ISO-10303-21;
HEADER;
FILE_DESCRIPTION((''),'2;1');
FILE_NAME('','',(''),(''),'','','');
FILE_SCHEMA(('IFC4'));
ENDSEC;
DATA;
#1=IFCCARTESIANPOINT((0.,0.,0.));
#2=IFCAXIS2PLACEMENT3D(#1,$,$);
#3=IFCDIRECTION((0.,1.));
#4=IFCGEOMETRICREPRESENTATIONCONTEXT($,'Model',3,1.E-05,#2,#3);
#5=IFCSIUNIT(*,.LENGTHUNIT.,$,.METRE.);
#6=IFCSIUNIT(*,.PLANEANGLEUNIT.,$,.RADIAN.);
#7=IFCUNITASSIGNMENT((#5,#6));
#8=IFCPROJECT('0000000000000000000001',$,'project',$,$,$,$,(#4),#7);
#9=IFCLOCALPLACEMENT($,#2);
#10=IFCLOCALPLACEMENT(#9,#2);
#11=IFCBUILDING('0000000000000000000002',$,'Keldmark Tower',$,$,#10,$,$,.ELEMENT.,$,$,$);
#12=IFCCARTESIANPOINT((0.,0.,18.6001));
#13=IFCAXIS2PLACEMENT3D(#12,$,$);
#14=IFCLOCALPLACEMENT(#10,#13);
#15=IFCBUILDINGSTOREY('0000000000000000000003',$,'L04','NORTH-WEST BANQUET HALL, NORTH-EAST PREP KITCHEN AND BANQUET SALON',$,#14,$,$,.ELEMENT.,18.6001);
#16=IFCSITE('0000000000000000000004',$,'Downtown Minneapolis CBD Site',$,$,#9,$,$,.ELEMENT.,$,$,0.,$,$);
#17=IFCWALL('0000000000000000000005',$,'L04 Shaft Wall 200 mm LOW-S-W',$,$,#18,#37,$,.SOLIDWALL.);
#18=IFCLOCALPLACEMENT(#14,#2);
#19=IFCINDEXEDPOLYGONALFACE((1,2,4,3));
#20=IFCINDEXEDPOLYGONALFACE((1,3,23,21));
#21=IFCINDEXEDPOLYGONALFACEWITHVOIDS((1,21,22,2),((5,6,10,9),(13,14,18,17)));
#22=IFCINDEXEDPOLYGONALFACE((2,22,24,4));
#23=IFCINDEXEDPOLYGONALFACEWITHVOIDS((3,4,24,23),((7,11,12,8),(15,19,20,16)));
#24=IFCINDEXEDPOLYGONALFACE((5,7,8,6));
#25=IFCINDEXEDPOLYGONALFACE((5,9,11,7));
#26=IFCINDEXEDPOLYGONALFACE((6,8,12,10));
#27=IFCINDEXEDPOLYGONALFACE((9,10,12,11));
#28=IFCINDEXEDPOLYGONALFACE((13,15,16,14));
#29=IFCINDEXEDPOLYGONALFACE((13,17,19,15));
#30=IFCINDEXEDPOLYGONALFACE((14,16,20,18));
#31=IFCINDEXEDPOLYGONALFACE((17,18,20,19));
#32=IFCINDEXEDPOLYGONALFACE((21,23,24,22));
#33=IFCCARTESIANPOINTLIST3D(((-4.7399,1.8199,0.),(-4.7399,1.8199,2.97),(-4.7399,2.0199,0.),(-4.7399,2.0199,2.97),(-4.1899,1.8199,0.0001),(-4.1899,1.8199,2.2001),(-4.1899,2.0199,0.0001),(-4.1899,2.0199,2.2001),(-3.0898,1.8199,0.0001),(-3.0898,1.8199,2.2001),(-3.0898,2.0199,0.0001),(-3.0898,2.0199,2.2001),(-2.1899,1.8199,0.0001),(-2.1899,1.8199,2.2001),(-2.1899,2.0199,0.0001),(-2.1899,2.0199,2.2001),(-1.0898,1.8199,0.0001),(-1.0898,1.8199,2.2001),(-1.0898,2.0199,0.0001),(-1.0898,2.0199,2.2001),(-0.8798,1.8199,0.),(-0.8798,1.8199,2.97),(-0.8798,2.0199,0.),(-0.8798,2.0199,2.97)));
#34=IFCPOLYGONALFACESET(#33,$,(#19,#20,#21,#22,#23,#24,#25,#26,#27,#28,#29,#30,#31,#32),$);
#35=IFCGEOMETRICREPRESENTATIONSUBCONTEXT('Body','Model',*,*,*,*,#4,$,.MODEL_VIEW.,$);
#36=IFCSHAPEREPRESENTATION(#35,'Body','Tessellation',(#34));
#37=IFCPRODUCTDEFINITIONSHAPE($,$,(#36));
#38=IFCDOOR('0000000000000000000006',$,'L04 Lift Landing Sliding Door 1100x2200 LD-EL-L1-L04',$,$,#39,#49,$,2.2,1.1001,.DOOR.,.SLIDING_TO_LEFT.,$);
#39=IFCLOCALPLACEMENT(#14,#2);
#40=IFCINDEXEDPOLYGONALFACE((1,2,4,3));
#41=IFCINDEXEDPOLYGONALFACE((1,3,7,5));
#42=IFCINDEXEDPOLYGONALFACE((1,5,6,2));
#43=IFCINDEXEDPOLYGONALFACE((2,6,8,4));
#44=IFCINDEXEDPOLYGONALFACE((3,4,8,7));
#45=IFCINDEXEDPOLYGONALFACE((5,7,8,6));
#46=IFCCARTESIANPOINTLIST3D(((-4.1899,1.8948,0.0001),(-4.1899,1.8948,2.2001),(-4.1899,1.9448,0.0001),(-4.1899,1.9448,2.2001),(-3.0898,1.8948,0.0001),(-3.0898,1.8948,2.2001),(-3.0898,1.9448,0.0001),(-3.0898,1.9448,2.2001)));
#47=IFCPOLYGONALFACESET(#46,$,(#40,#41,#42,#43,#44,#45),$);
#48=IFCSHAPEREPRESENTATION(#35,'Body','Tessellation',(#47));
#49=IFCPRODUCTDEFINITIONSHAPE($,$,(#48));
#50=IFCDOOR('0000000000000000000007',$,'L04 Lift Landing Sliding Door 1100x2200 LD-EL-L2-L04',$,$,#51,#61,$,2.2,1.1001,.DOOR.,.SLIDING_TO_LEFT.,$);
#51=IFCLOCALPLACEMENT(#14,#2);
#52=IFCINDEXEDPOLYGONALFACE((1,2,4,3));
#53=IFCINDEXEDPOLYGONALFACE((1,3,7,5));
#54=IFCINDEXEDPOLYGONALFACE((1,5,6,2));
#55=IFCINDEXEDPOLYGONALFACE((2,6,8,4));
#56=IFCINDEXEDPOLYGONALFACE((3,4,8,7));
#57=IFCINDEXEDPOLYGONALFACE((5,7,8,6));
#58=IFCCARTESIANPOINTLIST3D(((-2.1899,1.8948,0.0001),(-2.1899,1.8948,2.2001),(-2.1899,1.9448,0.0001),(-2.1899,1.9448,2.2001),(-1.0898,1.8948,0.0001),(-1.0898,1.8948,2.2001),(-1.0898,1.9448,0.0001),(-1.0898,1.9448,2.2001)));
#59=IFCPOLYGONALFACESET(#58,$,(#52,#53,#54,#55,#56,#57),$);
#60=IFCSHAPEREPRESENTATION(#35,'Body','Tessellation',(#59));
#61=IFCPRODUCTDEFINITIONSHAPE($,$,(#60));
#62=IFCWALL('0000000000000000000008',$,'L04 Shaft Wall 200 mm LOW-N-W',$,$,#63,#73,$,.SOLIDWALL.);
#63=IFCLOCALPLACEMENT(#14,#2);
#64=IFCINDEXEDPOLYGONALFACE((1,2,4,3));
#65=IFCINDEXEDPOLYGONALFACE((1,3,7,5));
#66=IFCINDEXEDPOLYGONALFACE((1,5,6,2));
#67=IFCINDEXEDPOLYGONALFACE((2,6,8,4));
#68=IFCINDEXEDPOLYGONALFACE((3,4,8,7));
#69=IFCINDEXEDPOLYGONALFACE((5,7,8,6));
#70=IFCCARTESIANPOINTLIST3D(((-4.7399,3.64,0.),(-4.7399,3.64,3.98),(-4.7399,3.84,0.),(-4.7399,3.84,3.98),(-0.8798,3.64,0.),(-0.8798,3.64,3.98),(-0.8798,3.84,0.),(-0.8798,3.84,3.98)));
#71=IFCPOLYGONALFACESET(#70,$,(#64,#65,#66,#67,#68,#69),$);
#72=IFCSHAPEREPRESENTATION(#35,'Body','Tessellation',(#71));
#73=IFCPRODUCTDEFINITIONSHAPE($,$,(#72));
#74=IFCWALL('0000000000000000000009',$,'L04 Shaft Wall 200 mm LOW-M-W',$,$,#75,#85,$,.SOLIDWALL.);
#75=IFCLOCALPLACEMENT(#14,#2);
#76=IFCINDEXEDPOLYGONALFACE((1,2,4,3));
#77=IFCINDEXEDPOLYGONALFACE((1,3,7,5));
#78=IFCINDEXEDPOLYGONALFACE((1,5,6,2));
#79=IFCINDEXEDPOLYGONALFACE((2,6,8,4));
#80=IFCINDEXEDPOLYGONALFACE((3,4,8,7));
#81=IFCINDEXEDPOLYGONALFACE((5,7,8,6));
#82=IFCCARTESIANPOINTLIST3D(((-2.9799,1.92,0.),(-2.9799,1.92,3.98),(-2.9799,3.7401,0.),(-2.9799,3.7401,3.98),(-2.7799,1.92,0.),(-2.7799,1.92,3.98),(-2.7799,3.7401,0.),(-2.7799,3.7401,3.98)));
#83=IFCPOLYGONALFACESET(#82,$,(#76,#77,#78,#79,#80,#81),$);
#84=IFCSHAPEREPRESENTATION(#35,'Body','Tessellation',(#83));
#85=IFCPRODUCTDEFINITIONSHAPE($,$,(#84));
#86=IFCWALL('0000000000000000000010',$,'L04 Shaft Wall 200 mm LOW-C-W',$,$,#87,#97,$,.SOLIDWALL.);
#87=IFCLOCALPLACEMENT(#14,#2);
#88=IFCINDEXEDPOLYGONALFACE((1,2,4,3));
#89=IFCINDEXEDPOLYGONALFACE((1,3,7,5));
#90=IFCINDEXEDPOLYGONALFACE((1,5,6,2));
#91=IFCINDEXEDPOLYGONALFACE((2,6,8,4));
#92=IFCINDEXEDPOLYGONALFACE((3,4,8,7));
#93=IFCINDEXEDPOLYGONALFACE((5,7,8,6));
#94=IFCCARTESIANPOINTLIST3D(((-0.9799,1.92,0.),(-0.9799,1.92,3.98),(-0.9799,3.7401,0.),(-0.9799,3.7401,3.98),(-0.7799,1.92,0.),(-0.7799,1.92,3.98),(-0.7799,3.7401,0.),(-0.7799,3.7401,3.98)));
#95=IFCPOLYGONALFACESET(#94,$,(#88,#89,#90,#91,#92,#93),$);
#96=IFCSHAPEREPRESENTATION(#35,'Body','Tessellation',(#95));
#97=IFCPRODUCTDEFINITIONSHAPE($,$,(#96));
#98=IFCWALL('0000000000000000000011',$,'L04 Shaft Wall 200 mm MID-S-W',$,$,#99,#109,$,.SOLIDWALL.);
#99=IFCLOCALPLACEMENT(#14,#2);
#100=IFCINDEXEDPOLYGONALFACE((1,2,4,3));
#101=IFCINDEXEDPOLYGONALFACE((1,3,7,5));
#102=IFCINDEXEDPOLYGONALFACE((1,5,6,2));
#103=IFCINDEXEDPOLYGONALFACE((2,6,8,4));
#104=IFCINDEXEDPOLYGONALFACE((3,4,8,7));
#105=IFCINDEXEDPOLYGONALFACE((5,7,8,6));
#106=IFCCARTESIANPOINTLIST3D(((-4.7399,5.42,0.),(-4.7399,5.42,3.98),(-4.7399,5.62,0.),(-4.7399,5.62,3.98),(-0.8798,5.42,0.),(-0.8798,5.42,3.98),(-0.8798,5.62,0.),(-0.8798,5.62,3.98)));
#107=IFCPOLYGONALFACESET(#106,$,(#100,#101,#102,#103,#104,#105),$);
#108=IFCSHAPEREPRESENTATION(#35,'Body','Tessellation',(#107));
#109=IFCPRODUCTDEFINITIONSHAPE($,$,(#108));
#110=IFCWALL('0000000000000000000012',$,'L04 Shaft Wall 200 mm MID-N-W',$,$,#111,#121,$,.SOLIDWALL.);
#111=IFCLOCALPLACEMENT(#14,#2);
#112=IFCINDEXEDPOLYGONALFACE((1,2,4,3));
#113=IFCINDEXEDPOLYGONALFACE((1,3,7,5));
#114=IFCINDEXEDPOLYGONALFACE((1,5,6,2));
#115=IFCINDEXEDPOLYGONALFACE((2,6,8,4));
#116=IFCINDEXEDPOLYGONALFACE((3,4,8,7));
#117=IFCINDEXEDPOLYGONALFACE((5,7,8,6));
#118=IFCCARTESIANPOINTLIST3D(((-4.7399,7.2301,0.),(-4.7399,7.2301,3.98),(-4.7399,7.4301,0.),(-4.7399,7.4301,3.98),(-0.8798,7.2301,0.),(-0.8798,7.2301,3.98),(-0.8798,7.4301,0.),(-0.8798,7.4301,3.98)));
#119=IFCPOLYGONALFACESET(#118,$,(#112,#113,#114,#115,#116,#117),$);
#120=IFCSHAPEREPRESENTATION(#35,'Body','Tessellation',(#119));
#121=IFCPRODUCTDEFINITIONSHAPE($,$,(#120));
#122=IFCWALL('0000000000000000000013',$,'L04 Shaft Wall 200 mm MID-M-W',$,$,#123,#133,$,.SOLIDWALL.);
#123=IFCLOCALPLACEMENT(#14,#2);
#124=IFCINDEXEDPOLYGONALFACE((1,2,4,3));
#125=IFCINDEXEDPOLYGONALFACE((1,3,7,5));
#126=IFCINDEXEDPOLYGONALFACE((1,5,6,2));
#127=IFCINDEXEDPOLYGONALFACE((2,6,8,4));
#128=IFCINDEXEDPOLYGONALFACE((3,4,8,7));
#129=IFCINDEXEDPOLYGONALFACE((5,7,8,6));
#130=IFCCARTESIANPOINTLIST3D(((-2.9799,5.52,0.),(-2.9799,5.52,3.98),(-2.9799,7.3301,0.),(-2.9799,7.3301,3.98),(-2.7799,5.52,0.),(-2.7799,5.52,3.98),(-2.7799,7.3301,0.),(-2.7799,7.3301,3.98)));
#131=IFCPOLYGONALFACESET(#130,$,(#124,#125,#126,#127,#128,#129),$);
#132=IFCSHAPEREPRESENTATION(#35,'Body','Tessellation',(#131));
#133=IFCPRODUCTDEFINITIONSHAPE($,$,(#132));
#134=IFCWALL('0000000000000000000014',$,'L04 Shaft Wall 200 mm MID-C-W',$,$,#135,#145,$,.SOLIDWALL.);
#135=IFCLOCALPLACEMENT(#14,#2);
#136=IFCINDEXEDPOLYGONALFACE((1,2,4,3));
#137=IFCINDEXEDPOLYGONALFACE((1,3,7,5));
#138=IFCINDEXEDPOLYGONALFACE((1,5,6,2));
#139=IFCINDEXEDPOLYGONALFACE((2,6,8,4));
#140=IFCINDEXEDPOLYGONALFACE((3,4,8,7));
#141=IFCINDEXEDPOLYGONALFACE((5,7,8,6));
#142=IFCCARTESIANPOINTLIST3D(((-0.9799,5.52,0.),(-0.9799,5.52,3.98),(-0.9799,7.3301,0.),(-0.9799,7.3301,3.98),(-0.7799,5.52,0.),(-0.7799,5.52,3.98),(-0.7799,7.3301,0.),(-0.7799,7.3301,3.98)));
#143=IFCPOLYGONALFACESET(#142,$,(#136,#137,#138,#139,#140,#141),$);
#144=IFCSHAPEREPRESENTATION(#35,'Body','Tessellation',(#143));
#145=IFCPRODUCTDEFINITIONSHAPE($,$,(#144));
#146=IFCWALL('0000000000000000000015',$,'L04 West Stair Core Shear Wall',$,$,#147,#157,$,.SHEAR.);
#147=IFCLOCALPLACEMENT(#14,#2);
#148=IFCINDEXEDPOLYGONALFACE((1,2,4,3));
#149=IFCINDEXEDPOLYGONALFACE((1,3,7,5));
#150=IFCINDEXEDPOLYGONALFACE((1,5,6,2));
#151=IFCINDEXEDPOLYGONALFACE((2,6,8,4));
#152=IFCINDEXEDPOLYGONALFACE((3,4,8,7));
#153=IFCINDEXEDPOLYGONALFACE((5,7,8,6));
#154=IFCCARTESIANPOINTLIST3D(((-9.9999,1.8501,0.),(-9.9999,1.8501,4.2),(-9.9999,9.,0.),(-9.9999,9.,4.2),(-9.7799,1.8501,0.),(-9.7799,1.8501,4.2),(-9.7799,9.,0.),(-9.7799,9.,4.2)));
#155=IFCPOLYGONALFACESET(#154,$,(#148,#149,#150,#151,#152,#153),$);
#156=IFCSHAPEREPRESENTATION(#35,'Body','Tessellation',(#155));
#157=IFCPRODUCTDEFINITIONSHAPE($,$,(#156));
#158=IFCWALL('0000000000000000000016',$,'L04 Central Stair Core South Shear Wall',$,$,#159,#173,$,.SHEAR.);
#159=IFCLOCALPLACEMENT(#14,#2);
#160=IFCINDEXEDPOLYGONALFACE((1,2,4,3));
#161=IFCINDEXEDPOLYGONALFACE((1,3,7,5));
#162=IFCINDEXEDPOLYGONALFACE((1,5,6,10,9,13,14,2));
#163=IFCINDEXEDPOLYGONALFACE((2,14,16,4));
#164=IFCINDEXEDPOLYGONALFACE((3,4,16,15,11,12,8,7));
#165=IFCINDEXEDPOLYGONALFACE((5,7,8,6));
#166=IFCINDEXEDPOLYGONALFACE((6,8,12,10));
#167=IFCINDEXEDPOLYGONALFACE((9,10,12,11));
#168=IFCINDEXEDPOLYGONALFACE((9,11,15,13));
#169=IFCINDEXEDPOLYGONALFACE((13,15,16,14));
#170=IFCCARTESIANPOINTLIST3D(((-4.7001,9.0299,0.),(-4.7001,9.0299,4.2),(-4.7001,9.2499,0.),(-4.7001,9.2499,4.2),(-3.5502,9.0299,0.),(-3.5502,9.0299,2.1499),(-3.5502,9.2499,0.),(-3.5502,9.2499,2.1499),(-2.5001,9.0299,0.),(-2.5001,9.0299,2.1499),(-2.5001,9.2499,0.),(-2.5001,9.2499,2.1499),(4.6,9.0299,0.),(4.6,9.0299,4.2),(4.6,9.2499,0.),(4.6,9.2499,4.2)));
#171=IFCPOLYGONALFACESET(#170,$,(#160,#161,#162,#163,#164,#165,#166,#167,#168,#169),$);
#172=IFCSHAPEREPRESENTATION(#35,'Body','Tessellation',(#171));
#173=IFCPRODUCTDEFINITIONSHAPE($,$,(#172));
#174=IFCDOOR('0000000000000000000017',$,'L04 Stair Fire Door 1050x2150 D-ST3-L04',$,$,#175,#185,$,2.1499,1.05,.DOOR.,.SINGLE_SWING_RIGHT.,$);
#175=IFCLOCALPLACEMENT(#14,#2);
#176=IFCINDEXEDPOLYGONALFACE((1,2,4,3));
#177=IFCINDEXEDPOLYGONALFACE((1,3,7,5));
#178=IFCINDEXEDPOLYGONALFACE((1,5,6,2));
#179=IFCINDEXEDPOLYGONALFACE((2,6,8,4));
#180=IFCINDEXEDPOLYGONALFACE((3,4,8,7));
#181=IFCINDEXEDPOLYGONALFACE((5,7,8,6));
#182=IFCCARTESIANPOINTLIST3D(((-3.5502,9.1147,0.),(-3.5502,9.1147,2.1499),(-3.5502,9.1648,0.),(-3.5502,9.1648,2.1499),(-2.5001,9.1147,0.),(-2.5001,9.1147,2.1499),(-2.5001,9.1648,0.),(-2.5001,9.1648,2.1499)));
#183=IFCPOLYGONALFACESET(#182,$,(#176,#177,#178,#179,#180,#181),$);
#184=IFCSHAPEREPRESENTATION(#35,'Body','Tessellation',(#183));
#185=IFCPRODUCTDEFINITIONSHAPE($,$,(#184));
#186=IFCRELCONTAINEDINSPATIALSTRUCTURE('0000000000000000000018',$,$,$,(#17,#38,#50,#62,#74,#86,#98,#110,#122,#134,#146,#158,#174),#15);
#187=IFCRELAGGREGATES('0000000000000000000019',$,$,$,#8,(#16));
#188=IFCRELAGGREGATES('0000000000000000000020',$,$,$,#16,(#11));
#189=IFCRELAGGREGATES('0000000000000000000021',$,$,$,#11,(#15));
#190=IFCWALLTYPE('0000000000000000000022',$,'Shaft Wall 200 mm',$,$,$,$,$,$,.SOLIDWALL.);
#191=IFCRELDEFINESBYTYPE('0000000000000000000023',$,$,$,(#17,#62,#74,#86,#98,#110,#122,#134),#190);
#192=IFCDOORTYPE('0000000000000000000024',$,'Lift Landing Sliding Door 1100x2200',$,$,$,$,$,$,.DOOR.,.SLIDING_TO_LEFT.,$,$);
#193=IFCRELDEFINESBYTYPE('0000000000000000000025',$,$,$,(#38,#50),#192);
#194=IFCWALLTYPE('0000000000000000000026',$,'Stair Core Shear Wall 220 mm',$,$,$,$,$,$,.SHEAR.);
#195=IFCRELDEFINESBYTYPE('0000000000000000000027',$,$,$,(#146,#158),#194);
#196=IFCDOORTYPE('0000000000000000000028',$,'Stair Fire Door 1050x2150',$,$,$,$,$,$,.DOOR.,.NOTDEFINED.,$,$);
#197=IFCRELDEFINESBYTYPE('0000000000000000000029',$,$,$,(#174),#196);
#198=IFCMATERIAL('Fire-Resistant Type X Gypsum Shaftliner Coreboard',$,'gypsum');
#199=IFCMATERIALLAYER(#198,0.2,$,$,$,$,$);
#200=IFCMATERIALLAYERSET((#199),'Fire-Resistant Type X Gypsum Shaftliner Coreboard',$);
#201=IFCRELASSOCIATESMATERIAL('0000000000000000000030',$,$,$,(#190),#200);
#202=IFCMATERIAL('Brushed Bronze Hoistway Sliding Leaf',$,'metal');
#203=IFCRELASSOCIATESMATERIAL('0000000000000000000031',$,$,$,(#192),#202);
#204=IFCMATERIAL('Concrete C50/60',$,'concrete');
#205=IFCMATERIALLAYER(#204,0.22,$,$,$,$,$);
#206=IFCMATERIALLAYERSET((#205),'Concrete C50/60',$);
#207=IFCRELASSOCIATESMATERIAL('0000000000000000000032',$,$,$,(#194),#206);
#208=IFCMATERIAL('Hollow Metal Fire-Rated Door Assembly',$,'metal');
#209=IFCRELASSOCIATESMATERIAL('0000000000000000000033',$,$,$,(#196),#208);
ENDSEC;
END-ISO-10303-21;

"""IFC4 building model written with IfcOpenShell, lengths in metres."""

from ifc_helpers import new_model, si_unit, direction, frame, frame_2d, origin, place, context, subcontext, project, spatial, rectangle, extrude, material, layer, layer_set, type_object, element, fill, save


model = new_model("IFC4")

# Units and contexts
model_context = context("Model", 3, precision=1e-05, world=origin(), true_north=direction((0.0, 1.0)))
body_context = subcontext(model_context, "Body", "Model", "MODEL_VIEW")
ifc_project = project(units=[si_unit("LENGTHUNIT", "METRE"), si_unit("PLANEANGLEUNIT", "RADIAN")], contexts=[model_context])

# Site, building, storey
site_placement = place(None, origin())
site = spatial("IfcSite", under=ifc_project, at=site_placement, Name="Downtown Minneapolis CBD Site", CompositionType="ELEMENT", RefElevation=0.0)
building_placement = place(site_placement, origin())
building = spatial("IfcBuilding", under=site, at=building_placement, Name="Keldmark Tower", CompositionType="ELEMENT")
storey_placement = place(building_placement, frame((0.0, 0.0, 18.6001)))
storey = spatial("IfcBuildingStorey", under=building, at=storey_placement, Name="L04", Description="NORTH-WEST BANQUET HALL, NORTH-EAST PREP KITCHEN AND BANQUET SALON", CompositionType="ELEMENT", Elevation=18.6001)

# Shared definitions
ifc_material_1 = material(Name="Fire-Resistant Type X Gypsum Shaftliner Coreboard", Category="gypsum")
ifc_layer_1 = layer(ifc_material_1, 0.2)
ifc_layer_set_1 = layer_set([ifc_layer_1], Name="Fire-Resistant Type X Gypsum Shaftliner Coreboard")
wall_type_1 = type_object("IfcWallType", Name="Shaft Wall 200 mm", PredefinedType="SOLIDWALL", material=ifc_layer_set_1)

# Wall, openings, doors
wall_1_placement = place(storey_placement, frame((-4.74, 1.9199, 0.0), z_axis=(0.0, 0.0, 1.0), x_axis=(1.0, 0.0, 0.0)))
wall_1 = element("IfcWall", 1, at=wall_1_placement, inside=storey, type_object=wall_type_1, Name="L04 Shaft Wall 200 mm LOW-S-W", PredefinedType="SOLIDWALL", context=body_context, shape_type="SweptSolid", body=[
    extrude(rectangle(XDim=3.8601, YDim=0.2, at=frame_2d((1.9302, 0.0))), origin(), (0.0, 0.0, 1.0), 2.97),
])
opening_1_placement = place(wall_1_placement, frame((0.55, 0.0, 0.0)))
opening_1 = element("IfcOpeningElement", 2, at=opening_1_placement, cuts=wall_1, PredefinedType="OPENING", context=body_context, shape_type="SweptSolid", body=[
    extrude(rectangle(XDim=1.1001, YDim=2.2, at=frame_2d((0.55, 1.1001))), frame((0.0, 0.1099, 0.0), z_axis=(0.0, -1.0, 0.0), x_axis=(1.0, 0.0, 0.0)), (0.0, 0.0, 1.0), 0.22),
])
opening_2_placement = place(wall_1_placement, frame((2.55, 0.0, 0.0)))
opening_2 = element("IfcOpeningElement", 3, at=opening_2_placement, cuts=wall_1, PredefinedType="OPENING", context=body_context, shape_type="SweptSolid", body=[
    extrude(rectangle(XDim=1.1001, YDim=2.2, at=frame_2d((0.55, 1.1001))), frame((0.0, 0.1099, 0.0), z_axis=(0.0, -1.0, 0.0), x_axis=(1.0, 0.0, 0.0)), (0.0, 0.0, 1.0), 0.22),
])
ifc_material_2 = material(Name="Brushed Bronze Hoistway Sliding Leaf", Category="metal")
door_type_1 = type_object("IfcDoorType", Name="Lift Landing Sliding Door 1100x2200", OperationType="SLIDING_TO_LEFT", PredefinedType="DOOR", material=ifc_material_2)
door_1_placement = place(opening_1_placement, origin())
door_1 = element("IfcDoor", 4, at=door_1_placement, inside=storey, type_object=door_type_1, Name="L04 Lift Landing Sliding Door 1100x2200 LD-EL-L1-L04", OperationType="SLIDING_TO_LEFT", OverallHeight=2.2, OverallWidth=1.1001, PredefinedType="DOOR", context=body_context, shape_type="SweptSolid", body=[
    extrude(rectangle(XDim=1.1001, YDim=2.2, at=frame_2d((0.55, 1.1001))), frame((0.0, 0.0249, 0.0), z_axis=(0.0, -1.0, 0.0), x_axis=(1.0, 0.0, 0.0)), (0.0, 0.0, 1.0), 0.05),
])
fill(opening_1, door_1)
door_2_placement = place(opening_2_placement, origin())
door_2 = element("IfcDoor", 5, at=door_2_placement, inside=storey, type_object=door_type_1, Name="L04 Lift Landing Sliding Door 1100x2200 LD-EL-L2-L04", OperationType="SLIDING_TO_LEFT", OverallHeight=2.2, OverallWidth=1.1001, PredefinedType="DOOR", context=body_context, shape_type="SweptSolid", body=[
    extrude(rectangle(XDim=1.1001, YDim=2.2, at=frame_2d((0.55, 1.1001))), frame((0.0, 0.0249, 0.0), z_axis=(0.0, -1.0, 0.0), x_axis=(1.0, 0.0, 0.0)), (0.0, 0.0, 1.0), 0.05),
])
fill(opening_2, door_2)

# Walls
wall_2_placement = place(storey_placement, frame((-4.74, 3.74, 0.0), z_axis=(0.0, 0.0, 1.0), x_axis=(1.0, 0.0, 0.0)))
element("IfcWall", 6, at=wall_2_placement, inside=storey, type_object=wall_type_1, Name="L04 Shaft Wall 200 mm LOW-N-W", PredefinedType="SOLIDWALL", context=body_context, shape_type="SweptSolid", body=[
    extrude(rectangle(XDim=3.8601, YDim=0.2, at=frame_2d((1.9302, 0.0))), origin(), (0.0, 0.0, 1.0), 3.98),
])
for number, where, z_axis, x_axis, name in (
    (7, (-2.8799, 1.9199, 0.0), (0.0, 0.0, 1.0), (0.0, 1.0, 0.0), "L04 Shaft Wall 200 mm LOW-M-W"),
    (8, (-0.8799, 1.9199, 0.0), (0.0, 0.0, 1.0), (0.0, 1.0, 0.0), "L04 Shaft Wall 200 mm LOW-C-W"),
):
    element("IfcWall", number, at=place(storey_placement, frame(where, z_axis=z_axis, x_axis=x_axis)), inside=storey, type_object=wall_type_1, Name=name, PredefinedType="SOLIDWALL", context=body_context, shape_type="SweptSolid", body=[
        extrude(rectangle(XDim=1.8201, YDim=0.2, at=frame_2d((0.9102, 0.0))), origin(), (0.0, 0.0, 1.0), 3.98),
    ])
for number, where, z_axis, x_axis, name in (
    (9, (-4.74, 5.52, 0.0), (0.0, 0.0, 1.0), (1.0, 0.0, 0.0), "L04 Shaft Wall 200 mm MID-S-W"),
    (10, (-4.74, 7.3301, 0.0), (0.0, 0.0, 1.0), (1.0, 0.0, 0.0), "L04 Shaft Wall 200 mm MID-N-W"),
):
    element("IfcWall", number, at=place(storey_placement, frame(where, z_axis=z_axis, x_axis=x_axis)), inside=storey, type_object=wall_type_1, Name=name, PredefinedType="SOLIDWALL", context=body_context, shape_type="SweptSolid", body=[
        extrude(rectangle(XDim=3.8601, YDim=0.2, at=frame_2d((1.9302, 0.0))), origin(), (0.0, 0.0, 1.0), 3.98),
    ])
for number, where, z_axis, x_axis, name in (
    (11, (-2.8799, 5.52, 0.0), (0.0, 0.0, 1.0), (0.0, 1.0, 0.0), "L04 Shaft Wall 200 mm MID-M-W"),
    (12, (-0.8799, 5.52, 0.0), (0.0, 0.0, 1.0), (0.0, 1.0, 0.0), "L04 Shaft Wall 200 mm MID-C-W"),
):
    element("IfcWall", number, at=place(storey_placement, frame(where, z_axis=z_axis, x_axis=x_axis)), inside=storey, type_object=wall_type_1, Name=name, PredefinedType="SOLIDWALL", context=body_context, shape_type="SweptSolid", body=[
        extrude(rectangle(XDim=1.8101, YDim=0.2, at=frame_2d((0.905, 0.0))), origin(), (0.0, 0.0, 1.0), 3.98),
    ])
ifc_material_3 = material(Name="Concrete C50/60", Category="concrete")
ifc_layer_2 = layer(ifc_material_3, 0.22)
ifc_layer_set_2 = layer_set([ifc_layer_2], Name="Concrete C50/60")
wall_type_2 = type_object("IfcWallType", Name="Stair Core Shear Wall 220 mm", PredefinedType="SHEAR", material=ifc_layer_set_2)
wall_3_placement = place(storey_placement, frame((-9.8899, 1.8501, 0.0), z_axis=(0.0, 0.0, 1.0), x_axis=(0.0, 1.0, 0.0)))
element("IfcWall", 13, at=wall_3_placement, inside=storey, type_object=wall_type_2, Name="L04 West Stair Core Shear Wall", PredefinedType="SHEAR", context=body_context, shape_type="SweptSolid", body=[
    extrude(rectangle(XDim=7.1499, YDim=0.22, at=frame_2d((3.575, 0.0))), origin(), (0.0, 0.0, 1.0), 4.2),
])

# Wall, opening, door
wall_4_placement = place(storey_placement, frame((-4.7, 9.1399, 0.0), z_axis=(0.0, 0.0, 1.0), x_axis=(1.0, 0.0, 0.0)))
wall_4 = element("IfcWall", 14, at=wall_4_placement, inside=storey, type_object=wall_type_2, Name="L04 Central Stair Core South Shear Wall", PredefinedType="SHEAR", context=body_context, shape_type="SweptSolid", body=[
    extrude(rectangle(XDim=9.3, YDim=0.22, at=frame_2d((4.6499, 0.0))), origin(), (0.0, 0.0, 1.0), 4.2),
])
opening_3_placement = place(wall_4_placement, frame((1.1499, 0.0, 0.0)))
opening_3 = element("IfcOpeningElement", 15, at=opening_3_placement, cuts=wall_4, PredefinedType="OPENING", context=body_context, shape_type="SweptSolid", body=[
    extrude(rectangle(XDim=1.05, YDim=2.1499, at=frame_2d((0.5249, 1.075))), frame((0.0, 0.1199, 0.0), z_axis=(0.0, -1.0, 0.0), x_axis=(1.0, 0.0, 0.0)), (0.0, 0.0, 1.0), 0.24),
])
ifc_material_4 = material(Name="Hollow Metal Fire-Rated Door Assembly", Category="metal")
door_type_2 = type_object("IfcDoorType", Name="Stair Fire Door 1050x2150", OperationType="NOTDEFINED", PredefinedType="DOOR", material=ifc_material_4)
door_3_placement = place(opening_3_placement, origin())
door_3 = element("IfcDoor", 16, at=door_3_placement, inside=storey, type_object=door_type_2, Name="L04 Stair Fire Door 1050x2150 D-ST3-L04", OperationType="SINGLE_SWING_RIGHT", OverallHeight=2.1499, OverallWidth=1.05, PredefinedType="DOOR", context=body_context, shape_type="SweptSolid", body=[
    extrude(rectangle(XDim=1.05, YDim=2.1499, at=frame_2d((0.5249, 1.075))), frame((0.0, 0.0249, 0.0), z_axis=(0.0, -1.0, 0.0), x_axis=(1.0, 0.0, 0.0)), (0.0, 0.0, 1.0), 0.05),
])
fill(opening_3, door_3)

save(model, "model.ifc")
